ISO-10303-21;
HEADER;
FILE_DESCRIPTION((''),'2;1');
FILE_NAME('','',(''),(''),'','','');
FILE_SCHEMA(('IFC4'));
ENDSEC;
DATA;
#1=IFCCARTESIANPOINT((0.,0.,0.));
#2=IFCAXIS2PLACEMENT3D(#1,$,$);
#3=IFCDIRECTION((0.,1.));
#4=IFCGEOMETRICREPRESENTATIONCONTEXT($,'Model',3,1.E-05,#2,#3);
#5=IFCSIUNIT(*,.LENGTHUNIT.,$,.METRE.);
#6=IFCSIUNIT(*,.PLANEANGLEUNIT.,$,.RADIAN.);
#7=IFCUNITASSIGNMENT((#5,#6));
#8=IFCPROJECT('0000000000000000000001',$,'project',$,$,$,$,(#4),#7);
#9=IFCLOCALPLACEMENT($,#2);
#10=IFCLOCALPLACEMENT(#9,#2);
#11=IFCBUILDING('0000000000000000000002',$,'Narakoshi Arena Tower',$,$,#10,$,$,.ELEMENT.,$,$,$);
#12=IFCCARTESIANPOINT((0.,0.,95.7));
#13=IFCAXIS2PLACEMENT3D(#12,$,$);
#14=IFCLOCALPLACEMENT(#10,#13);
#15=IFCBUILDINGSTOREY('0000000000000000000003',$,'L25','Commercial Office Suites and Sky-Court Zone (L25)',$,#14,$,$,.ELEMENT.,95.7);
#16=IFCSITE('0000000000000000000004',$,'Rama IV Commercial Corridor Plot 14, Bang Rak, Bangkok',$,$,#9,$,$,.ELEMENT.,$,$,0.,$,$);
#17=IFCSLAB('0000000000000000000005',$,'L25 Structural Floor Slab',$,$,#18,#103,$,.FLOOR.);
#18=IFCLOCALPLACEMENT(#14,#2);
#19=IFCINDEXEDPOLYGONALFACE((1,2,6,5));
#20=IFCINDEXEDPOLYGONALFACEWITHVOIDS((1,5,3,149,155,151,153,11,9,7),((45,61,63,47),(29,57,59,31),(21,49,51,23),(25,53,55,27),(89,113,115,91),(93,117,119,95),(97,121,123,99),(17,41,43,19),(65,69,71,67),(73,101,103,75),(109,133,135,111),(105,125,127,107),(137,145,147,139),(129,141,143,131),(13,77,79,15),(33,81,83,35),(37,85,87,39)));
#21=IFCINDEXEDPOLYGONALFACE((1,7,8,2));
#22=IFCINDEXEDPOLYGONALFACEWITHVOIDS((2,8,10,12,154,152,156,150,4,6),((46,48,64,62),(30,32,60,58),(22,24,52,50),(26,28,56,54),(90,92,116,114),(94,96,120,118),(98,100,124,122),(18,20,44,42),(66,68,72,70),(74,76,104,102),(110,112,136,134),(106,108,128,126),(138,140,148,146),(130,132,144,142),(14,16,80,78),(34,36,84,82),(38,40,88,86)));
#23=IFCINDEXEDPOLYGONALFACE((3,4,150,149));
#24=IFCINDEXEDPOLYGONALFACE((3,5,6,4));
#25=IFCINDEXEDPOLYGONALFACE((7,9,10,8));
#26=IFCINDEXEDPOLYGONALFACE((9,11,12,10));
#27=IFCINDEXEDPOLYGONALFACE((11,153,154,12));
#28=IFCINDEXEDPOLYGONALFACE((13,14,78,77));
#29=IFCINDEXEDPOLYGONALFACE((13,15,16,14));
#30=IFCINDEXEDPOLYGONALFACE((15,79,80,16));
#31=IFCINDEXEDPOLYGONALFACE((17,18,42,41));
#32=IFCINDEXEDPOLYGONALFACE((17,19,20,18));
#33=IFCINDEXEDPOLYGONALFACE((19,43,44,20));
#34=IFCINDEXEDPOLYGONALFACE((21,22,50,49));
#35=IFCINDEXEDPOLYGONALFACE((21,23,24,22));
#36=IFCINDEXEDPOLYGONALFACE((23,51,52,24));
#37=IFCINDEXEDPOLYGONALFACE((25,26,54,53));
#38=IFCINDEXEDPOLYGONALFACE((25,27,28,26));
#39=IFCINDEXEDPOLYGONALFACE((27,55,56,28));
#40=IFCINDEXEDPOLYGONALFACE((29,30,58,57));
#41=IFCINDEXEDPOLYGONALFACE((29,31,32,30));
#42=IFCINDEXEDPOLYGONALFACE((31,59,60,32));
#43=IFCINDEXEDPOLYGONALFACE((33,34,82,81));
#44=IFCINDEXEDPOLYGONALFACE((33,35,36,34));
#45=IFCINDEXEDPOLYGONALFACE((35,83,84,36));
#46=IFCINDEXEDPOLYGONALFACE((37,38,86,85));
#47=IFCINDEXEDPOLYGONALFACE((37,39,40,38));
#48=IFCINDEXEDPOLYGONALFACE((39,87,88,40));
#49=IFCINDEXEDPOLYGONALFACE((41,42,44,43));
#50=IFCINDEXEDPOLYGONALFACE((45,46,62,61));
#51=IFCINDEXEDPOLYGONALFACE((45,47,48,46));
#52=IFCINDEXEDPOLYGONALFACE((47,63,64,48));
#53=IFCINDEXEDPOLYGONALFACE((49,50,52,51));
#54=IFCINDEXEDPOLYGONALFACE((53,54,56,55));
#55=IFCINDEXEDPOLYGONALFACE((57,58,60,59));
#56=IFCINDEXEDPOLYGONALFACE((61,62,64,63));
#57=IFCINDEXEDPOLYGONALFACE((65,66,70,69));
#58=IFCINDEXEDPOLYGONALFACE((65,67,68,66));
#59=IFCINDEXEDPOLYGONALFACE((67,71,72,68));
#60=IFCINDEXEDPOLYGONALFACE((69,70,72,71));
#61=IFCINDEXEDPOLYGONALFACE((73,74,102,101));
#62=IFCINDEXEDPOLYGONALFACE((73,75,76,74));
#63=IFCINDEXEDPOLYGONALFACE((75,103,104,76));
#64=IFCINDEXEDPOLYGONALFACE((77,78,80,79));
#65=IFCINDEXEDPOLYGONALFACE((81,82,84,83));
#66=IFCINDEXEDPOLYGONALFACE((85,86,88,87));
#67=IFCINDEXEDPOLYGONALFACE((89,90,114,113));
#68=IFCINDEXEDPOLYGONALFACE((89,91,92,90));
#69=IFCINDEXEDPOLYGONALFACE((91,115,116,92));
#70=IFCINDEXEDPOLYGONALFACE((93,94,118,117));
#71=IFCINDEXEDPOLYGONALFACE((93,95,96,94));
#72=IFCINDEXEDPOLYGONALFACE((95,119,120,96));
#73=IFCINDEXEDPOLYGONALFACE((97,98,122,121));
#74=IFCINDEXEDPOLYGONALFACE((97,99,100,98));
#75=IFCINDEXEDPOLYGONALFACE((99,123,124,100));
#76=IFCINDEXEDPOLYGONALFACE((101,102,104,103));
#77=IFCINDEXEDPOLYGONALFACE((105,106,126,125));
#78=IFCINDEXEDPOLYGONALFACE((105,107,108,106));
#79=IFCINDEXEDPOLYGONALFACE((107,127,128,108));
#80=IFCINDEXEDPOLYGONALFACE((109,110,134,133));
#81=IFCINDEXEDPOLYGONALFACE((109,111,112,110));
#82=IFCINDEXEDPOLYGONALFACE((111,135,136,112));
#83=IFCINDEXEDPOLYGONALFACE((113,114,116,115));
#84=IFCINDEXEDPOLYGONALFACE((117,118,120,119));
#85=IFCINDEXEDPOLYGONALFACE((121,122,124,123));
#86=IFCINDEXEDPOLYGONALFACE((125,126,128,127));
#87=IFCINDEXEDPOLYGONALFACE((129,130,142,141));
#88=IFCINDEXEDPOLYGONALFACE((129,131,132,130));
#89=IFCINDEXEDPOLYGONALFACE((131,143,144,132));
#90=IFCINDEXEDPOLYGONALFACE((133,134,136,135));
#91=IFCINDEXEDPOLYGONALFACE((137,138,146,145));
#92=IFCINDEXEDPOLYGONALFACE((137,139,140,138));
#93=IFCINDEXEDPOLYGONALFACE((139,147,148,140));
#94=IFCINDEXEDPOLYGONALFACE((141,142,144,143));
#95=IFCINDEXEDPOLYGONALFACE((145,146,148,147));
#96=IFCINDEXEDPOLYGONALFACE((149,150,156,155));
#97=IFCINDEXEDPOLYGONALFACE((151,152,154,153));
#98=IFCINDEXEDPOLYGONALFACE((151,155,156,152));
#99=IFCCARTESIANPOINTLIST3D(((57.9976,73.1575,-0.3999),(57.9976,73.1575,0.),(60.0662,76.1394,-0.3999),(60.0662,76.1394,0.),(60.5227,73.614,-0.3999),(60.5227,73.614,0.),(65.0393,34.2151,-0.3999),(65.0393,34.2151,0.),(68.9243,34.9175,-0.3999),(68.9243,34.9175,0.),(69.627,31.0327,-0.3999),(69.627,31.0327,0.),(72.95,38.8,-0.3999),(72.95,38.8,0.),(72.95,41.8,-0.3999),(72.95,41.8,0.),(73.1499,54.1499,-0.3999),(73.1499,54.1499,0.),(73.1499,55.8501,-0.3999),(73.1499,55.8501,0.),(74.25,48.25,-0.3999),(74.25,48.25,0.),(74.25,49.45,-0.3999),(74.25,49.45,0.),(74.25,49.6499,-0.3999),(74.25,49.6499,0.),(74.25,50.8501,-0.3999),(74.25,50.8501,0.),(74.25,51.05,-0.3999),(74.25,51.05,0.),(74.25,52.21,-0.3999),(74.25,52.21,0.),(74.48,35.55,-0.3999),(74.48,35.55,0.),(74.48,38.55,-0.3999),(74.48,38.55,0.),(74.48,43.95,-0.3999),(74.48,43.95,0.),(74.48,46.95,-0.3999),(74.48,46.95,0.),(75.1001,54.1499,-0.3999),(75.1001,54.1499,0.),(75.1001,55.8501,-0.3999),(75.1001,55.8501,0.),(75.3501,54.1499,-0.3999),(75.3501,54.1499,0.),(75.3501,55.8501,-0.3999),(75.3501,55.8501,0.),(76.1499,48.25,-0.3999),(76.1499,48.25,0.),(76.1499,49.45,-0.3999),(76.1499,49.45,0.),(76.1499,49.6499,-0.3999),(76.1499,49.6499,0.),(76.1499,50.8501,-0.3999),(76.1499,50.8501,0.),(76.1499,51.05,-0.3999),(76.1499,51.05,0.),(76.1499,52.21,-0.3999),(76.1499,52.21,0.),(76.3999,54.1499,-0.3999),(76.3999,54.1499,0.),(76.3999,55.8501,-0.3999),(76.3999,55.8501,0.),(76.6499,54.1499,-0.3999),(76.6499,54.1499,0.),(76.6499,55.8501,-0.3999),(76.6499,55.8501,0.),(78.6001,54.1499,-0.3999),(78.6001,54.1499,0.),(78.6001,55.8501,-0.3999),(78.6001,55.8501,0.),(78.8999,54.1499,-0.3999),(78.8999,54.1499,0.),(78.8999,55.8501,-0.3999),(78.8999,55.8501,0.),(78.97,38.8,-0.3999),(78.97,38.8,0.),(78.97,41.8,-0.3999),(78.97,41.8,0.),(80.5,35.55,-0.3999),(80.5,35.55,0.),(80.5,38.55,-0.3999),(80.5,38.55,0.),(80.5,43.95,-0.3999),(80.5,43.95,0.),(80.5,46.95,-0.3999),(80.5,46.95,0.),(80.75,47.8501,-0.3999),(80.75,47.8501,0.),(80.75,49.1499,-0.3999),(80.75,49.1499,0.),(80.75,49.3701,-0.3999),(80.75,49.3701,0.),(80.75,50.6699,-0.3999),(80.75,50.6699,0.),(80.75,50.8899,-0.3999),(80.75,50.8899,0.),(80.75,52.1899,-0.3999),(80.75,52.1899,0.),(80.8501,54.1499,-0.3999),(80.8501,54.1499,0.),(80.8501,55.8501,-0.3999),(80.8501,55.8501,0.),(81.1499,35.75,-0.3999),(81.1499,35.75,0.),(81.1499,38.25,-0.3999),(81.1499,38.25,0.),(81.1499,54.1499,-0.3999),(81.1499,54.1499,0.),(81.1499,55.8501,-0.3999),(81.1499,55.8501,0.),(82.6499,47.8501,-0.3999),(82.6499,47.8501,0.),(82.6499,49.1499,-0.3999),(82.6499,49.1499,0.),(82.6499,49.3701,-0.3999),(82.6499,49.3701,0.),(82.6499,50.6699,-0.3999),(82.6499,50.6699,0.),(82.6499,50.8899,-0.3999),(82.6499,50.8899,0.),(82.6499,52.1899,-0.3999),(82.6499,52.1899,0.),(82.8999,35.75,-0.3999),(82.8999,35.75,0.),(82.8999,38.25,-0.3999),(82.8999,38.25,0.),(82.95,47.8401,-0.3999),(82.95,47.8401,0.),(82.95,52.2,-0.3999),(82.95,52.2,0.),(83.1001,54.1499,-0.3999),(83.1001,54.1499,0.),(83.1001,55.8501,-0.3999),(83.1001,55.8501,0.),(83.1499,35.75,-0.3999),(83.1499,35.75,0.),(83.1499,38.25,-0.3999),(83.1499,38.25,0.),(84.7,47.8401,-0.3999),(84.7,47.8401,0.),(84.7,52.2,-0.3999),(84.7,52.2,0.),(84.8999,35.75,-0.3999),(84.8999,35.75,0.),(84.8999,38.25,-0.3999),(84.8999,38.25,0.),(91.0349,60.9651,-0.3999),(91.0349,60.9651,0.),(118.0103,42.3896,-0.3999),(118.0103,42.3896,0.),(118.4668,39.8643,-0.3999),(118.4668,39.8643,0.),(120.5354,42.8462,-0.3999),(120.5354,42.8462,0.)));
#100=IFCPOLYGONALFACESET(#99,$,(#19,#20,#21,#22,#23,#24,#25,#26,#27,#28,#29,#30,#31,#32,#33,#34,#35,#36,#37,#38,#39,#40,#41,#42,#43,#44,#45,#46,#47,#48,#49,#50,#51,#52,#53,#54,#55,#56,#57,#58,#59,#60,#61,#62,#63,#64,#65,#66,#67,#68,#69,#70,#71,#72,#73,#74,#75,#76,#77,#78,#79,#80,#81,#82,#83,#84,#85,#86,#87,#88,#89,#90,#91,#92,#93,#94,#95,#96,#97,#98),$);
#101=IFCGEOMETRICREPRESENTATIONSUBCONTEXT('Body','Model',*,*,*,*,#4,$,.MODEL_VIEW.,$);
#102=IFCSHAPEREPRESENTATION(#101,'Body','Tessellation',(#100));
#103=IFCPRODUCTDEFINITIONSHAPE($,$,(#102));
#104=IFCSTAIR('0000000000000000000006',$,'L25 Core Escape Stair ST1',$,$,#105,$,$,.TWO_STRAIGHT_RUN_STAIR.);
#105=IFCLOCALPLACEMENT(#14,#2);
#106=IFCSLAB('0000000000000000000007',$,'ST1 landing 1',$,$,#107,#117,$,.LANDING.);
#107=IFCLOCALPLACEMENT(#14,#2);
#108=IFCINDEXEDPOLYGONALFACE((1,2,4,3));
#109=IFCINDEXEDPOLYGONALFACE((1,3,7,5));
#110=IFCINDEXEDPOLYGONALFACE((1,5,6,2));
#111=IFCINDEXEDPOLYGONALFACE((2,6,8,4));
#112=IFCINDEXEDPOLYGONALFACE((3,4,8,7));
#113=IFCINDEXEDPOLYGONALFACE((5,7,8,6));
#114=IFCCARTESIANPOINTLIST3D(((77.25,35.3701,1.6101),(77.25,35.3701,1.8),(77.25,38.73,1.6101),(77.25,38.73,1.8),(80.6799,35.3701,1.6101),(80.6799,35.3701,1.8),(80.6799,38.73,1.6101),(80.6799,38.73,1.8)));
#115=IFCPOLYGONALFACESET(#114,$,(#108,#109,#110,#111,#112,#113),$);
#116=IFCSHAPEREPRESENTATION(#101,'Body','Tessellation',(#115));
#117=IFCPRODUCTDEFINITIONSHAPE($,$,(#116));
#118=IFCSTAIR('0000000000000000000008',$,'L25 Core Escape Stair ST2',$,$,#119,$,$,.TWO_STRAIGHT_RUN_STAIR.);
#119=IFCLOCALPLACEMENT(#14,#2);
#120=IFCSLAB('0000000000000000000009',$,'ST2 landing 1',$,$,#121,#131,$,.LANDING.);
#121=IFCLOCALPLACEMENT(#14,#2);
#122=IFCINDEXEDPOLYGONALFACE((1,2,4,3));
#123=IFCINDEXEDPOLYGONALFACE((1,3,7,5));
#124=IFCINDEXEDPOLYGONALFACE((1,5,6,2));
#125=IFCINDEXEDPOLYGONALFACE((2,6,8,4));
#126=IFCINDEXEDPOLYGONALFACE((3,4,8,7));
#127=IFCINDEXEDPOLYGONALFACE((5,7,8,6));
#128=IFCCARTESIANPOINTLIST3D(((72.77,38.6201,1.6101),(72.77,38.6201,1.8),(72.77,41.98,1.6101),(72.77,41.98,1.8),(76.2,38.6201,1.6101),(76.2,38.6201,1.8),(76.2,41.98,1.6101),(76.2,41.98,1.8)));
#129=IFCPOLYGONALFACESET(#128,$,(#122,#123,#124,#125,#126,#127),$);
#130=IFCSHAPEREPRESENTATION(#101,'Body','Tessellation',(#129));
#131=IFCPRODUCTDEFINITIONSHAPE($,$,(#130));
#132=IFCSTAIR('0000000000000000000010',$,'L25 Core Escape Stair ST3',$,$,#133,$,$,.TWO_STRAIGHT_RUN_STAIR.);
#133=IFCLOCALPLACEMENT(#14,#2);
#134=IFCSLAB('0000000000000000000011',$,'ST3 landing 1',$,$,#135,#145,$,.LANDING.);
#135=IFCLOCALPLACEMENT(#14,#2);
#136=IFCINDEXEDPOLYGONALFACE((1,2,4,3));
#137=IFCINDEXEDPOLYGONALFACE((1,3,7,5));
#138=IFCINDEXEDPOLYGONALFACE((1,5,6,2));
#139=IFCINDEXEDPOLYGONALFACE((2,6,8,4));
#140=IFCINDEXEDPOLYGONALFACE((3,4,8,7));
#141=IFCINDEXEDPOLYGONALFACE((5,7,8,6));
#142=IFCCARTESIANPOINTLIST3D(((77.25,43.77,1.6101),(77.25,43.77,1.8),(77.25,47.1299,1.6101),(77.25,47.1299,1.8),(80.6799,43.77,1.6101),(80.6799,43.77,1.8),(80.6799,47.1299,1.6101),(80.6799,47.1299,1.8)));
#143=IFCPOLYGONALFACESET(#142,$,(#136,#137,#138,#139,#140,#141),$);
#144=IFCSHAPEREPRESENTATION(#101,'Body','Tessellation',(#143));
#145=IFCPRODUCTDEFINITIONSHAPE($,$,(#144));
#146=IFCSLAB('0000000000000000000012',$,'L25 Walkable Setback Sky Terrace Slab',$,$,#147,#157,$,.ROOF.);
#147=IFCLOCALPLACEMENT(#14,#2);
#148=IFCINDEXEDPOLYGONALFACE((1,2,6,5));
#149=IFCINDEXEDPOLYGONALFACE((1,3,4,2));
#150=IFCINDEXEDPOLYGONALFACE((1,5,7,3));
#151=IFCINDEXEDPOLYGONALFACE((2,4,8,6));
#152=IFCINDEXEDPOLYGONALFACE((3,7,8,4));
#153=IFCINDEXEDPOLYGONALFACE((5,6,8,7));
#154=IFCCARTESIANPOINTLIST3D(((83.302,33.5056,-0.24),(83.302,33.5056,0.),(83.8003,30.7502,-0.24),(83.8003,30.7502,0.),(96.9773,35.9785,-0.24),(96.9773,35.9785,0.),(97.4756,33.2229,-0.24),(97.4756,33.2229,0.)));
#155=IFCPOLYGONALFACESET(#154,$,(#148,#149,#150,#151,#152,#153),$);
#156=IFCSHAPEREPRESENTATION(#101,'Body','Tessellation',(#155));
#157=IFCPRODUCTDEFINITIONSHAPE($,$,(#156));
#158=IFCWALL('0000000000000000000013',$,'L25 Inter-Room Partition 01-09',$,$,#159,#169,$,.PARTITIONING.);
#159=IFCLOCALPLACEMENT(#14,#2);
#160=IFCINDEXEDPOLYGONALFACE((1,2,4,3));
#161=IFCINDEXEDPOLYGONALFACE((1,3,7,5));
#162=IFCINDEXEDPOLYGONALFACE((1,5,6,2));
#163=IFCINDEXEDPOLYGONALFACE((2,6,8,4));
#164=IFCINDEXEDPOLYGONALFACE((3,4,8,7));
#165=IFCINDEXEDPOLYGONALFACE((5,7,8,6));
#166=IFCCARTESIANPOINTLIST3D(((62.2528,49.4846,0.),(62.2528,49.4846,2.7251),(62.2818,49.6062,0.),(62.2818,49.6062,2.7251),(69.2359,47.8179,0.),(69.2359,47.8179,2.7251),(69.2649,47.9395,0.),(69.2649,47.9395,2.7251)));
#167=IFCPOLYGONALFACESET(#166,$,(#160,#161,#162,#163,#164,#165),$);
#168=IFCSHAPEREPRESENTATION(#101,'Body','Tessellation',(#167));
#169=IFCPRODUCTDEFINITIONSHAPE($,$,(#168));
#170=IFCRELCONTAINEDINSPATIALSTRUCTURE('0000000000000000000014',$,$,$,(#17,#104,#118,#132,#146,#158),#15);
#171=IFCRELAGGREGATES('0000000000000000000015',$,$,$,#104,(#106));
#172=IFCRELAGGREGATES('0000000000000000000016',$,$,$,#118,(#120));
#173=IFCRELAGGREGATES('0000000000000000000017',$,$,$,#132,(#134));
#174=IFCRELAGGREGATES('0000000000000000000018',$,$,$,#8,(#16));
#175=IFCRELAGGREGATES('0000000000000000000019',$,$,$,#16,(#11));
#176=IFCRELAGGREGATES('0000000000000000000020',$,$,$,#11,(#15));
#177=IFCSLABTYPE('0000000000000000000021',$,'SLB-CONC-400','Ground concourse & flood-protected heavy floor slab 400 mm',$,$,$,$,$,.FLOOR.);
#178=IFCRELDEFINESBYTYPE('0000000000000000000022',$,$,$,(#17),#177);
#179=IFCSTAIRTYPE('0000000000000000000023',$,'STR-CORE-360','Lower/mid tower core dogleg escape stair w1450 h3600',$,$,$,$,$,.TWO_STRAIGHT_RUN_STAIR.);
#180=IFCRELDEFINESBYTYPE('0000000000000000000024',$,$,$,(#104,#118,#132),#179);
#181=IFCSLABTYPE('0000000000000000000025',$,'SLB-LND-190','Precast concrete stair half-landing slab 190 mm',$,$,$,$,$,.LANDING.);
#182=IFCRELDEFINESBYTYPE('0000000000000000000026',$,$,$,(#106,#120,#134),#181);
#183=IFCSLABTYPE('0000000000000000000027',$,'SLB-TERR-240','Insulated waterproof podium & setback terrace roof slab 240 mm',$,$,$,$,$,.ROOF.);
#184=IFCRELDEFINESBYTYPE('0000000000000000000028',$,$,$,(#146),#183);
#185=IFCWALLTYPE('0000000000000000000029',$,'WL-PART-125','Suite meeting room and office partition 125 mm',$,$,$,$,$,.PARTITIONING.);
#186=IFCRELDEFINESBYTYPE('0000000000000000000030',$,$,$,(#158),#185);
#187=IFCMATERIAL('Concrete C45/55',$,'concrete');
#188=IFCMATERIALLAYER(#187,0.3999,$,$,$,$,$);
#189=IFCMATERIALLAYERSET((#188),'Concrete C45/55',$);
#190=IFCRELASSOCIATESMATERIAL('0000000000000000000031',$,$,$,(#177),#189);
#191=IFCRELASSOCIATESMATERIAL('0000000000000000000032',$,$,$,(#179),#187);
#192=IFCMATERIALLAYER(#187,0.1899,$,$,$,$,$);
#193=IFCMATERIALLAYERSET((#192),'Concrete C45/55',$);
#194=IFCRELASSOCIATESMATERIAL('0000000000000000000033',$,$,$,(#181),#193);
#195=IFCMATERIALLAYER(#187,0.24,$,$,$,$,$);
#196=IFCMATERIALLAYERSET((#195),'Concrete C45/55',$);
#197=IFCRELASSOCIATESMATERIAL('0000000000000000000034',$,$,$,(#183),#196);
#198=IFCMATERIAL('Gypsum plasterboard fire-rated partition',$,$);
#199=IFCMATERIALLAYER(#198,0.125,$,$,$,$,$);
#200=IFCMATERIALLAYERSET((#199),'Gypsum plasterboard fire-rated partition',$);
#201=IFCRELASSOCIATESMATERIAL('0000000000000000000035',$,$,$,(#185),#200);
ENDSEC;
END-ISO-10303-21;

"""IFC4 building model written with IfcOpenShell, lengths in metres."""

from ifc_helpers import new_model, si_unit, direction, frame, frame_2d, origin, place, context, subcontext, project, spatial, polyline, rectangle, outline, extrude, material, layer, layer_set, type_object, element, aggregate, save


model = new_model("IFC4")

# Units and contexts
model_context = context("Model", 3, precision=1e-05, world=origin(), true_north=direction((0.0, 1.0)))
body_context = subcontext(model_context, "Body", "Model", "MODEL_VIEW")
ifc_project = project(units=[si_unit("LENGTHUNIT", "METRE"), si_unit("PLANEANGLEUNIT", "RADIAN")], contexts=[model_context])

# Site, building, storey
site_placement = place(None, origin())
site = spatial("IfcSite", under=ifc_project, at=site_placement, Name="Rama IV Commercial Corridor Plot 14, Bang Rak, Bangkok", CompositionType="ELEMENT", RefElevation=0.0)
building_placement = place(site_placement, origin())
building = spatial("IfcBuilding", under=site, at=building_placement, Name="Narakoshi Arena Tower", CompositionType="ELEMENT")
storey_placement = place(building_placement, frame((0.0, 0.0, 95.7)))
storey = spatial("IfcBuildingStorey", under=building, at=storey_placement, Name="L25", Description="Commercial Office Suites and Sky-Court Zone (L25)", CompositionType="ELEMENT", Elevation=95.7)

# Slab
ifc_material_1 = material(Name="Concrete C45/55", Category="concrete")
ifc_layer_1 = layer(ifc_material_1, 0.3999)
ifc_layer_set_1 = layer_set([ifc_layer_1], Name="Concrete C45/55")
slab_type_1 = type_object("IfcSlabType", Name="SLB-CONC-400", Description="Ground concourse & flood-protected heavy floor slab 400 mm", PredefinedType="FLOOR", material=ifc_layer_set_1)
slab_1_placement = place(storey_placement, frame((0.0, 0.0, -0.3999)))
element("IfcSlab", 1, at=slab_1_placement, inside=storey, type_object=slab_type_1, Name="L25 Structural Floor Slab", PredefinedType="FLOOR", context=body_context, shape_type="SweptSolid", body=[
    extrude(outline(polyline([(69.627, 31.0327), (118.4668, 39.8643), (118.0103, 42.3896), (120.5354, 42.8462), (91.0349, 60.9651), (60.0662, 76.1394), (60.5227, 73.614), (57.9976, 73.1575), (65.0393, 34.2151), (68.9243, 34.9175), (69.627, 31.0327)]), holes=[polyline([(74.48, 35.55), (74.48, 38.55), (80.5, 38.55), (80.5, 35.55), (74.48, 35.55)]), polyline([(81.1499, 35.75), (81.1499, 38.25), (82.8999, 38.25), (82.8999, 35.75), (81.1499, 35.75)]), polyline([(83.1499, 35.75), (83.1499, 38.25), (84.8999, 38.25), (84.8999, 35.75), (83.1499, 35.75)]), polyline([(72.95, 38.8), (72.95, 41.8), (78.97, 41.8), (78.97, 38.8), (72.95, 38.8)]), polyline([(74.48, 43.95), (74.48, 46.95), (80.5, 46.95), (80.5, 43.95), (74.48, 43.95)]), polyline([(82.95, 47.8401), (82.95, 52.2), (84.7, 52.2), (84.7, 47.8401), (82.95, 47.8401)]), polyline([(80.75, 47.8501), (80.75, 49.1499), (82.6499, 49.1499), (82.6499, 47.8501), (80.75, 47.8501)]), polyline([(74.25, 48.25), (74.25, 49.45), (76.1499, 49.45), (76.1499, 48.25), (74.25, 48.25)]), polyline([(80.75, 49.3701), (80.75, 50.6699), (82.6499, 50.6699), (82.6499, 49.3701), (80.75, 49.3701)]), polyline([(74.25, 49.6499), (74.25, 50.8501), (76.1499, 50.8501), (76.1499, 49.6499), (74.25, 49.6499)]), polyline([(80.75, 50.8899), (80.75, 52.1899), (82.6499, 52.1899), (82.6499, 50.8899), (80.75, 50.8899)]), polyline([(74.25, 51.05), (74.25, 52.21), (76.1499, 52.21), (76.1499, 51.05), (74.25, 51.05)]), polyline([(73.1499, 54.1499), (73.1499, 55.8501), (75.1001, 55.8501), (75.1001, 54.1499), (73.1499, 54.1499)]), polyline([(75.3501, 54.1499), (75.3501, 55.8501), (76.3999, 55.8501), (76.3999, 54.1499), (75.3501, 54.1499)]), polyline([(76.6499, 54.1499), (76.6499, 55.8501), (78.6001, 55.8501), (78.6001, 54.1499), (76.6499, 54.1499)]), polyline([(78.8999, 55.8501), (80.8501, 55.8501), (80.8501, 54.1499), (78.8999, 54.1499), (78.8999, 55.8501)]), polyline([(81.1499, 55.8501), (83.1001, 55.8501), (83.1001, 54.1499), (81.1499, 54.1499), (81.1499, 55.8501)])]), origin(), (0.0, 0.0, 1.0), 0.3999),
])

# Stairs, slabs
stair_type = type_object("IfcStairType", Name="STR-CORE-360", Description="Lower/mid tower core dogleg escape stair w1450 h3600", PredefinedType="TWO_STRAIGHT_RUN_STAIR", material=ifc_material_1)
stair_1_placement = place(storey_placement, origin())
stair_1 = element("IfcStair", 2, at=stair_1_placement, inside=storey, type_object=stair_type, Name="L25 Core Escape Stair ST1", PredefinedType="TWO_STRAIGHT_RUN_STAIR")
ifc_layer_2 = layer(ifc_material_1, 0.1899)
ifc_layer_set_2 = layer_set([ifc_layer_2], Name="Concrete C45/55")
slab_type_2 = type_object("IfcSlabType", Name="SLB-LND-190", Description="Precast concrete stair half-landing slab 190 mm", PredefinedType="LANDING", material=ifc_layer_set_2)
slab_2_placement = place(storey_placement, frame((0.0, 0.0, 1.6101)))
slab_2 = element("IfcSlab", 3, at=slab_2_placement, type_object=slab_type_2, Name="ST1 landing 1", PredefinedType="LANDING", context=body_context, shape_type="SweptSolid", body=[
    extrude(outline(polyline([(77.25, 35.3701), (80.6799, 35.3701), (80.6799, 38.73), (77.25, 38.73), (77.25, 35.3701)])), origin(), (0.0, 0.0, 1.0), 0.1899),
])
aggregate(stair_1, [slab_2])
stair_2_placement = place(storey_placement, origin())
stair_2 = element("IfcStair", 4, at=stair_2_placement, inside=storey, type_object=stair_type, Name="L25 Core Escape Stair ST2", PredefinedType="TWO_STRAIGHT_RUN_STAIR")
slab_3_placement = place(storey_placement, frame((0.0, 0.0, 1.6101)))
slab_3 = element("IfcSlab", 5, at=slab_3_placement, type_object=slab_type_2, Name="ST2 landing 1", PredefinedType="LANDING", context=body_context, shape_type="SweptSolid", body=[
    extrude(outline(polyline([(72.77, 38.6201), (76.2, 38.6201), (76.2, 41.98), (72.77, 41.98), (72.77, 38.6201)])), origin(), (0.0, 0.0, 1.0), 0.1899),
])
aggregate(stair_2, [slab_3])
stair_3_placement = place(storey_placement, origin())
stair_3 = element("IfcStair", 6, at=stair_3_placement, inside=storey, type_object=stair_type, Name="L25 Core Escape Stair ST3", PredefinedType="TWO_STRAIGHT_RUN_STAIR")
slab_4_placement = place(storey_placement, frame((0.0, 0.0, 1.6101)))
slab_4 = element("IfcSlab", 7, at=slab_4_placement, type_object=slab_type_2, Name="ST3 landing 1", PredefinedType="LANDING", context=body_context, shape_type="SweptSolid", body=[
    extrude(outline(polyline([(77.25, 43.77), (80.6799, 43.77), (80.6799, 47.1299), (77.25, 47.1299), (77.25, 43.77)])), origin(), (0.0, 0.0, 1.0), 0.1899),
])
aggregate(stair_3, [slab_4])

# Slab
ifc_layer_3 = layer(ifc_material_1, 0.24)
ifc_layer_set_3 = layer_set([ifc_layer_3], Name="Concrete C45/55")
slab_type_3 = type_object("IfcSlabType", Name="SLB-TERR-240", Description="Insulated waterproof podium & setback terrace roof slab 240 mm", PredefinedType="ROOF", material=ifc_layer_set_3)
slab_5_placement = place(storey_placement, frame((0.0, 0.0, -0.24)))
element("IfcSlab", 8, at=slab_5_placement, inside=storey, type_object=slab_type_3, Name="L25 Walkable Setback Sky Terrace Slab", PredefinedType="ROOF", context=body_context, shape_type="SweptSolid", body=[
    extrude(outline(polyline([(83.302, 33.5056), (83.8003, 30.7502), (97.4756, 33.2229), (96.9773, 35.9785), (83.302, 33.5056)])), origin(), (0.0, 0.0, 1.0), 0.24),
])

# Wall
ifc_material_2 = material(Name="Gypsum plasterboard fire-rated partition")
ifc_layer_4 = layer(ifc_material_2, 0.125)
ifc_layer_set_4 = layer_set([ifc_layer_4], Name="Gypsum plasterboard fire-rated partition")
wall_type_1 = type_object("IfcWallType", Name="WL-PART-125", Description="Suite meeting room and office partition 125 mm", PredefinedType="PARTITIONING", material=ifc_layer_set_4)
wall_1_placement = place(storey_placement, frame((62.2673, 49.5454, 0.0), z_axis=(0.0, 0.0, 1.0), x_axis=(0.972678, -0.23216, 0.0)))
element("IfcWall", 9, at=wall_1_placement, inside=storey, type_object=wall_type_1, Name="L25 Inter-Room Partition 01-09", PredefinedType="PARTITIONING", context=body_context, shape_type="SweptSolid", body=[
    extrude(rectangle(XDim=7.1792, YDim=0.125, at=frame_2d((3.5896, 0.0))), origin(), (0.0, 0.0, 1.0), 2.7251),
])

save(model, "model.ifc")
